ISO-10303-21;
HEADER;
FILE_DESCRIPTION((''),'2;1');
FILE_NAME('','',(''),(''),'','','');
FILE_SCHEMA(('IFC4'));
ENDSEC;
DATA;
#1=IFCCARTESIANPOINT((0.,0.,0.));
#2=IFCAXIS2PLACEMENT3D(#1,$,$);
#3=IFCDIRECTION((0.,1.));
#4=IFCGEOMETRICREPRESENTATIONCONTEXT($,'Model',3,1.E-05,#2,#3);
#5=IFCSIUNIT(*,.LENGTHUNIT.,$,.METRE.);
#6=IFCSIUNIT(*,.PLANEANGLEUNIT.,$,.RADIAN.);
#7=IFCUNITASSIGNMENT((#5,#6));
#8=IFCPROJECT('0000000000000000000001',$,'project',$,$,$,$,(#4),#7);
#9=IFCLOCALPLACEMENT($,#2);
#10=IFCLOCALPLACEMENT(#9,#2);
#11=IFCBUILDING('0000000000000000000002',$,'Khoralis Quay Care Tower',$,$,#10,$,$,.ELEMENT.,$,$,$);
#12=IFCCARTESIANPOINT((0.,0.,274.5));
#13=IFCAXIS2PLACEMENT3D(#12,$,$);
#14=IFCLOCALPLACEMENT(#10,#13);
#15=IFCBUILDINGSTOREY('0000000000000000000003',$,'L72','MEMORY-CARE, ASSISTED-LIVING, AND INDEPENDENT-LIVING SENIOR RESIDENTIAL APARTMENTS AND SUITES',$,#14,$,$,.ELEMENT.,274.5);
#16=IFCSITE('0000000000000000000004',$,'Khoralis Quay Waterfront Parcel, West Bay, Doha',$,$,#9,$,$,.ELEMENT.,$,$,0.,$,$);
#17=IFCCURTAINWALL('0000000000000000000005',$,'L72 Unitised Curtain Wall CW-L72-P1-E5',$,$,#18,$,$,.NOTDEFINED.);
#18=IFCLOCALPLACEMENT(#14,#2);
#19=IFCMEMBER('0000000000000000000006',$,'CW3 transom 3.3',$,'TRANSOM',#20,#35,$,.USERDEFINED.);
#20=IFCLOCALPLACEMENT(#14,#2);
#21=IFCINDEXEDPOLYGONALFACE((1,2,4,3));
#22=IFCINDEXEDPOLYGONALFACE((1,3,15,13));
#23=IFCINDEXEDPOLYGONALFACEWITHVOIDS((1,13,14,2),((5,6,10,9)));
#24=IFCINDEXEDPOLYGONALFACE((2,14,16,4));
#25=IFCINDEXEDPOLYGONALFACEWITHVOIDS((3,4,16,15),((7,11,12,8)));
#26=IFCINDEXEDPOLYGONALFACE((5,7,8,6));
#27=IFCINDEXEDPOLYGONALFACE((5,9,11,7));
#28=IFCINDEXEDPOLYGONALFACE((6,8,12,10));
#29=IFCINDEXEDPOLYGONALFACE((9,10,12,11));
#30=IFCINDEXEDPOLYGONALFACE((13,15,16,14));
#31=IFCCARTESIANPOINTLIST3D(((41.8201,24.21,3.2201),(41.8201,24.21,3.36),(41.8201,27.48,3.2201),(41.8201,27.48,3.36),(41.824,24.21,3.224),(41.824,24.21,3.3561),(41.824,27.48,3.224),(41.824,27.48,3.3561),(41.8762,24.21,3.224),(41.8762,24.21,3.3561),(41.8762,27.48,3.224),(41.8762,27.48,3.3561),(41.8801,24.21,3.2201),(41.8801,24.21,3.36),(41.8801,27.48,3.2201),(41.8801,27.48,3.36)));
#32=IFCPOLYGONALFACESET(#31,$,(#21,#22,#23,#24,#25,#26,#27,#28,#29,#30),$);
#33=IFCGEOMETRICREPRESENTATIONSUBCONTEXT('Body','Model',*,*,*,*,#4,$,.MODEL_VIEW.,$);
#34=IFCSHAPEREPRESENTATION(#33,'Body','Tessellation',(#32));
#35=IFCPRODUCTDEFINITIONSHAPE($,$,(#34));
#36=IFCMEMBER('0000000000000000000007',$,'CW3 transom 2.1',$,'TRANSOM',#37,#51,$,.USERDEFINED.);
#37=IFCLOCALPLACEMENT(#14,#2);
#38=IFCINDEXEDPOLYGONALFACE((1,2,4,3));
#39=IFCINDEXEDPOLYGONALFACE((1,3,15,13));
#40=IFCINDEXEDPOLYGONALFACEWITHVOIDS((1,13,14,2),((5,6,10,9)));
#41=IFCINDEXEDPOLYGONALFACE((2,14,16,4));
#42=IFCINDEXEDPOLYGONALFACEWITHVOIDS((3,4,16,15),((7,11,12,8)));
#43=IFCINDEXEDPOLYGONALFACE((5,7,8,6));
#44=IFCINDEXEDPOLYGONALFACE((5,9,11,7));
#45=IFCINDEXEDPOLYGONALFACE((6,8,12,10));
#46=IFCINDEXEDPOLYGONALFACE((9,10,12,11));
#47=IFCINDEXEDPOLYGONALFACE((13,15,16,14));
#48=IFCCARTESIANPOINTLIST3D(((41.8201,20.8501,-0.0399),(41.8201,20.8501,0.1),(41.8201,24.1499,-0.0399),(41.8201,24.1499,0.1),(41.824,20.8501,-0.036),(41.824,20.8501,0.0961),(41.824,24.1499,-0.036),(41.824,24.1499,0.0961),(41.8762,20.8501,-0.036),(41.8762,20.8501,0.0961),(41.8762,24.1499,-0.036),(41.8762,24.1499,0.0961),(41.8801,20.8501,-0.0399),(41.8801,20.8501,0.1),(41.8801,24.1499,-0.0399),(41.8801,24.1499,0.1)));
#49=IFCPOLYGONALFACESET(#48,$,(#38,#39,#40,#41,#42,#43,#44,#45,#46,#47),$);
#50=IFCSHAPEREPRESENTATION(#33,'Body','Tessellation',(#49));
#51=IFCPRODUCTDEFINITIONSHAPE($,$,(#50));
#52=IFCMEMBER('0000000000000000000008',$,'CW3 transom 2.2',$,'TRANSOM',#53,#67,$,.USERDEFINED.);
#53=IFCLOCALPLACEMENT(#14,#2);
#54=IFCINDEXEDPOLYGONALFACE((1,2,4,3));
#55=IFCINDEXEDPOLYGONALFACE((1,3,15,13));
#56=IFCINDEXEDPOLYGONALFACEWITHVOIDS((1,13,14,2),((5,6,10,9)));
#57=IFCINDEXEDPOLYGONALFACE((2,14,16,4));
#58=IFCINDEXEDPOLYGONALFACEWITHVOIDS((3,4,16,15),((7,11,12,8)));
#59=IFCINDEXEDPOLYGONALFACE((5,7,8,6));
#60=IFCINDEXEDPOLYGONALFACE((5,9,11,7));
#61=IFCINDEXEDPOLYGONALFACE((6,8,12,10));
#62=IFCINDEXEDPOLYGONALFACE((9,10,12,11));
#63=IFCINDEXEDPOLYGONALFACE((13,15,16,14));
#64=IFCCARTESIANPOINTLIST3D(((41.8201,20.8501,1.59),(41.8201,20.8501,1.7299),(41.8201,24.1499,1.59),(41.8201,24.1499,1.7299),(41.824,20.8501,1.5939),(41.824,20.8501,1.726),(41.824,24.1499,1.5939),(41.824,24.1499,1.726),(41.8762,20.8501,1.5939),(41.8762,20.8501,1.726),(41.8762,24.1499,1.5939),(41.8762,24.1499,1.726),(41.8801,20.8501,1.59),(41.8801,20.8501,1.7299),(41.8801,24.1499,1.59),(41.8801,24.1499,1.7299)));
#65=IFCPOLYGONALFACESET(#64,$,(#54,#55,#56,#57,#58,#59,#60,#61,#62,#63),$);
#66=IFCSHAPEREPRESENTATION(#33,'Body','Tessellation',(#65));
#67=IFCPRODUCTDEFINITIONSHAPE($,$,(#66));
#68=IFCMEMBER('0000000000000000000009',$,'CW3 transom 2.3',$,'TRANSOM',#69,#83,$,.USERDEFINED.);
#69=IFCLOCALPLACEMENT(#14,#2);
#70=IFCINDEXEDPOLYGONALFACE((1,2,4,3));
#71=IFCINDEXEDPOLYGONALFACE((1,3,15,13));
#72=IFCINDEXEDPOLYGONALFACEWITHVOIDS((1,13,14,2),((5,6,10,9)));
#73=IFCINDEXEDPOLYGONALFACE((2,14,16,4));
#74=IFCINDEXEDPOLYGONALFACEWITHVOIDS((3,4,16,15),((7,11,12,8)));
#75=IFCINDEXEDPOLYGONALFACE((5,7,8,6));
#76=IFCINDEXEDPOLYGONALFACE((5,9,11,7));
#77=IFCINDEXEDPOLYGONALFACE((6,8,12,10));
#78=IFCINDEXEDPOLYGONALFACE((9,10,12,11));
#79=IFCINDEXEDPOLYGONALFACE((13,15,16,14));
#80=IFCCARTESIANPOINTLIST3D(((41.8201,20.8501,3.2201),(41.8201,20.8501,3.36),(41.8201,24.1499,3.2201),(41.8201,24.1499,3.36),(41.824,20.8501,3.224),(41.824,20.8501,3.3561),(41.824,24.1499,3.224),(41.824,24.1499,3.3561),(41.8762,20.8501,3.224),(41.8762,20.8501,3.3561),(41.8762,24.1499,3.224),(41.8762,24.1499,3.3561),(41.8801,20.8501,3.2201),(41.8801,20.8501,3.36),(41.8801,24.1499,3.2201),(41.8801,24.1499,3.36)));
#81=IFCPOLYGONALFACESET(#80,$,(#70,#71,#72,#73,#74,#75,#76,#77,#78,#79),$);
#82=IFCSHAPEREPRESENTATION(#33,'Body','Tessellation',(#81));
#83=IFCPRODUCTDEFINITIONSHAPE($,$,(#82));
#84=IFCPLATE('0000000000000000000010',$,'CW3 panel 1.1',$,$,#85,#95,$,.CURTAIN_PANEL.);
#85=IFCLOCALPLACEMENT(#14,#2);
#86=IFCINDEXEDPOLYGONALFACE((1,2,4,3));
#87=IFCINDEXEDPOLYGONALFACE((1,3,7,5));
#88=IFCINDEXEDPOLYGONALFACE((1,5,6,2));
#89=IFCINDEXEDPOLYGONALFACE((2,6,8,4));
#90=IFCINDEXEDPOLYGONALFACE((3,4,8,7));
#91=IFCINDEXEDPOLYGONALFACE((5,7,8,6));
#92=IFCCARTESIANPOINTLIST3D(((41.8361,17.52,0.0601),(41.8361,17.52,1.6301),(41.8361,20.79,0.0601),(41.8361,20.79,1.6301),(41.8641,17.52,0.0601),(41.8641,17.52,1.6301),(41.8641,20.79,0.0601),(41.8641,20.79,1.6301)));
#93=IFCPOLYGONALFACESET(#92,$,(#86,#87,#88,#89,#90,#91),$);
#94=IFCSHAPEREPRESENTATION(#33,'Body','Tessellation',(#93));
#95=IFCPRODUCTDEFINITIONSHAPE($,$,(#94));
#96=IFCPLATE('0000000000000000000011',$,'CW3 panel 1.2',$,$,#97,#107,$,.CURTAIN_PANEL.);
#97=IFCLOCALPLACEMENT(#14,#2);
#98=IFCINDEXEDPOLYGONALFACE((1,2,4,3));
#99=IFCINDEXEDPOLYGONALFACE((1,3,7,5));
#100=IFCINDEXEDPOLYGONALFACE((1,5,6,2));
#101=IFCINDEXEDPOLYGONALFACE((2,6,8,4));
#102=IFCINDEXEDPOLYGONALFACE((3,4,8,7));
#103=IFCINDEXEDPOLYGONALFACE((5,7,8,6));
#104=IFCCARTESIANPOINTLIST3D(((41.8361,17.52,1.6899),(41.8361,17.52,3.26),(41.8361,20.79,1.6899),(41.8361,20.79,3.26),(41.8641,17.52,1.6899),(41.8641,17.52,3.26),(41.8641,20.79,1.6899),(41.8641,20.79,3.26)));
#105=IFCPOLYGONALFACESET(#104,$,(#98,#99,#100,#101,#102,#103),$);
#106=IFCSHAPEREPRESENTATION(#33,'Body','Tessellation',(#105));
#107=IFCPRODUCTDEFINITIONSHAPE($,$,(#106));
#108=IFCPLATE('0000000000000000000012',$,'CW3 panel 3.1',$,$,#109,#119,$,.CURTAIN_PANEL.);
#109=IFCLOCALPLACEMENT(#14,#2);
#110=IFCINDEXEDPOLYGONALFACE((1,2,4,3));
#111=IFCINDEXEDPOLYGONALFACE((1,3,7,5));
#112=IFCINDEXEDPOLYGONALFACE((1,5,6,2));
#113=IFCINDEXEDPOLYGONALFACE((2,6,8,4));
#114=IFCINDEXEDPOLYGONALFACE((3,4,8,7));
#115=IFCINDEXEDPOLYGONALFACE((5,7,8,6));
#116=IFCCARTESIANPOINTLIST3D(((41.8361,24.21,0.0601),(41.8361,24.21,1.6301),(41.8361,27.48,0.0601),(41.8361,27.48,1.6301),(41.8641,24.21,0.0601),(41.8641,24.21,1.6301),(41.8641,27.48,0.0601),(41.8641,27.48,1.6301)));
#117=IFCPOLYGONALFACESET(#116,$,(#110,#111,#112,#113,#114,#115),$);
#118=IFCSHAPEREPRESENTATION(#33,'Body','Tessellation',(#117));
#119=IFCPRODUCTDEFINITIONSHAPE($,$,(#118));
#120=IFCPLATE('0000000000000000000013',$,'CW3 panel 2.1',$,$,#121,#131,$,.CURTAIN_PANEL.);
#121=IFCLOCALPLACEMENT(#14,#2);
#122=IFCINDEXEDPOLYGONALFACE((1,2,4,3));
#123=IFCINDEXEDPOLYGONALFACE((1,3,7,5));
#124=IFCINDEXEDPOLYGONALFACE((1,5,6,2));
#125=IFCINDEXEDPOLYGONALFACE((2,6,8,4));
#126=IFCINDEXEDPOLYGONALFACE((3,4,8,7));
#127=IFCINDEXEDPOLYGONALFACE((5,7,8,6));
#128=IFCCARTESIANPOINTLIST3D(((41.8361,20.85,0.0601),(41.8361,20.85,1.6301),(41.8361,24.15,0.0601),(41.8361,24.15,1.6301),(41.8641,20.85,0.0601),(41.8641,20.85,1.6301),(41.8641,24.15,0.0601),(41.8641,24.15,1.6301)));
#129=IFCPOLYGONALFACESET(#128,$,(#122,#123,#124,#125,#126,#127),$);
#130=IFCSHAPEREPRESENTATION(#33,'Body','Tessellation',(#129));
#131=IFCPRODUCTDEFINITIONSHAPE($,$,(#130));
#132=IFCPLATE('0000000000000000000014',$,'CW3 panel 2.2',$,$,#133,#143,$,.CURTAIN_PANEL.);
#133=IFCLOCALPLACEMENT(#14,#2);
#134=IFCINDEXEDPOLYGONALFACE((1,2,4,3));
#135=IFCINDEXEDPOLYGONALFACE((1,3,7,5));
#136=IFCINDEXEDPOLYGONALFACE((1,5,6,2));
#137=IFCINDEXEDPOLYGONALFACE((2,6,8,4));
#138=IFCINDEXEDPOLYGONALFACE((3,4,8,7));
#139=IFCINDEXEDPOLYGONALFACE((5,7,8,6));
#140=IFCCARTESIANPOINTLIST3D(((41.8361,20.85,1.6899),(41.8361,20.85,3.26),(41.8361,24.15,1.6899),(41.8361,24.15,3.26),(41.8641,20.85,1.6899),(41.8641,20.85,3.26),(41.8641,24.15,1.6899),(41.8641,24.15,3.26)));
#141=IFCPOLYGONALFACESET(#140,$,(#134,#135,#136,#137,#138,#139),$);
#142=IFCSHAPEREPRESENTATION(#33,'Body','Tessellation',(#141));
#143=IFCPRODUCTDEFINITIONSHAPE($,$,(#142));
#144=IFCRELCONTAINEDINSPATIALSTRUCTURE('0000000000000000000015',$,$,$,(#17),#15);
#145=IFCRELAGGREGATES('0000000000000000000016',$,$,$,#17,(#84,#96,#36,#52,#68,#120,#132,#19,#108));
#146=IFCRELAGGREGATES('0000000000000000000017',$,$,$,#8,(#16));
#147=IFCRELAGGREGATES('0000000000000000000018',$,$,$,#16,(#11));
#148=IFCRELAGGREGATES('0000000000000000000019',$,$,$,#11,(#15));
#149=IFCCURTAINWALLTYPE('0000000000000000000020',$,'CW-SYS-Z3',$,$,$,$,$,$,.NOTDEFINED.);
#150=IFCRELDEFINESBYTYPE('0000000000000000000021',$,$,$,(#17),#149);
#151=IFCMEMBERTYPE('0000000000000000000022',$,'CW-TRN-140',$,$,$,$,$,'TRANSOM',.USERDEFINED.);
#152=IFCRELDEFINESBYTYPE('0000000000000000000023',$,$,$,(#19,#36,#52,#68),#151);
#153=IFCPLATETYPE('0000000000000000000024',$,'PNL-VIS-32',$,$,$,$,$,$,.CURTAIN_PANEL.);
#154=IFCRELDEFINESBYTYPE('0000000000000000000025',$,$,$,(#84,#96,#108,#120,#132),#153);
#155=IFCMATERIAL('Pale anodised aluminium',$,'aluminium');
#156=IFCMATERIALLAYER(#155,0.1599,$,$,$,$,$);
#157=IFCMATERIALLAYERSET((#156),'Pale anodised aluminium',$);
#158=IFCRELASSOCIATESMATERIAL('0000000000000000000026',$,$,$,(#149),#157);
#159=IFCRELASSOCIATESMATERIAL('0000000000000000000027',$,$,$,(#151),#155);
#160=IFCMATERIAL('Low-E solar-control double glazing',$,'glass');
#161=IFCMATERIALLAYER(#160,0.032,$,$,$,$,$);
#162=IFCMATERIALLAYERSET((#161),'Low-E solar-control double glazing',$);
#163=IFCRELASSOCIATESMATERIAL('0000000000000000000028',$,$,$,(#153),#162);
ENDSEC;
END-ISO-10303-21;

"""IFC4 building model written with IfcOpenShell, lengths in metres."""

from ifc_helpers import new_model, si_unit, direction, frame, origin, origin_2d, place, context, subcontext, project, spatial, rectangle, hollow_rectangle, extrude, source, transform, mapped, material, layer, layer_set, material_profile, profile_set, type_object, element, aggregate, save


model = new_model("IFC4")

# Units and contexts
model_context = context("Model", 3, precision=1e-05, world=origin(), true_north=direction((0.0, 1.0)))
body_context = subcontext(model_context, "Body", "Model", "MODEL_VIEW")
ifc_project = project(units=[si_unit("LENGTHUNIT", "METRE"), si_unit("PLANEANGLEUNIT", "RADIAN")], contexts=[model_context])

# Site, building, storey
site_placement = place(None, origin())
site = spatial("IfcSite", under=ifc_project, at=site_placement, Name="Khoralis Quay Waterfront Parcel, West Bay, Doha", CompositionType="ELEMENT", RefElevation=0.0)
building_placement = place(site_placement, origin())
building = spatial("IfcBuilding", under=site, at=building_placement, Name="Khoralis Quay Care Tower", CompositionType="ELEMENT")
storey_placement = place(building_placement, frame((0.0, 0.0, 274.5)))
storey = spatial("IfcBuildingStorey", under=building, at=storey_placement, Name="L72", Description="MEMORY-CARE, ASSISTED-LIVING, AND INDEPENDENT-LIVING SENIOR RESIDENTIAL APARTMENTS AND SUITES", CompositionType="ELEMENT", Elevation=274.5)

# Curtain wall, members, plates
ifc_material_1 = material(Name="Pale anodised aluminium", Category="aluminium")
ifc_layer_1 = layer(ifc_material_1, 0.1599)
ifc_layer_set_1 = layer_set([ifc_layer_1], Name="Pale anodised aluminium")
curtain_wall_type = type_object("IfcCurtainWallType", Name="CW-SYS-Z3", PredefinedType="NOTDEFINED", material=ifc_layer_set_1)
curtain_wall_placement = place(storey_placement, origin())
curtain_wall = element("IfcCurtainWall", 1, at=curtain_wall_placement, inside=storey, type_object=curtain_wall_type, Name="L72 Unitised Curtain Wall CW-L72-P1-E5", PredefinedType="NOTDEFINED")
ifc_material_profile_1 = material_profile(ifc_material_1, hollow_rectangle(XDim=0.0601, YDim=0.1399, WallThickness=0.0039, at=origin_2d()), Name="Pale anodised aluminium")
ifc_profile_set_1 = profile_set([ifc_material_profile_1], Name="Pale anodised aluminium")
member_type_1 = type_object("IfcMemberType", Name="CW-TRN-140", ElementType="TRANSOM", PredefinedType="USERDEFINED", material=ifc_profile_set_1)
shared_shape_1 = source(origin(), body_context, "Body", "SweptSolid", [
    extrude(hollow_rectangle(XDim=0.0601, YDim=0.1399, WallThickness=0.0039, at=origin_2d()), origin(), (0.0, 0.0, 1.0), 3.27),
])
member_1_placement = place(storey_placement, frame((41.8501, 24.21, 3.29), z_axis=(0.0, 1.0, 0.0), x_axis=(-1.0, 0.0, 0.0)))
member_1 = element("IfcMember", 2, at=member_1_placement, type_object=member_type_1, Name="CW3 transom 3.3", ObjectType="TRANSOM", PredefinedType="USERDEFINED", context=body_context, shape_type="MappedRepresentation", body=[
    mapped(shared_shape_1, transform((0.0, 0.0, 0.0), scale=1.0)),
])
shared_shape_2 = source(origin(), body_context, "Body", "SweptSolid", [
    extrude(hollow_rectangle(XDim=0.0601, YDim=0.1399, WallThickness=0.0039, at=origin_2d()), origin(), (0.0, 0.0, 1.0), 3.2998),
])
member_2_placement = place(storey_placement, frame((41.8501, 20.8501, 0.03), z_axis=(0.0, 1.0, 0.0), x_axis=(-1.0, 0.0, 0.0)))
member_2 = element("IfcMember", 3, at=member_2_placement, type_object=member_type_1, Name="CW3 transom 2.1", ObjectType="TRANSOM", PredefinedType="USERDEFINED", context=body_context, shape_type="MappedRepresentation", body=[
    mapped(shared_shape_2, transform((0.0, 0.0, 0.0), scale=1.0)),
])
member_3_placement = place(storey_placement, frame((41.8501, 20.8501, 1.6599), z_axis=(0.0, 1.0, 0.0), x_axis=(-1.0, 0.0, 0.0)))
member_3 = element("IfcMember", 4, at=member_3_placement, type_object=member_type_1, Name="CW3 transom 2.2", ObjectType="TRANSOM", PredefinedType="USERDEFINED", context=body_context, shape_type="MappedRepresentation", body=[
    mapped(shared_shape_2, transform((0.0, 0.0, 0.0), scale=1.0)),
])
member_4_placement = place(storey_placement, frame((41.8501, 20.8501, 3.29), z_axis=(0.0, 1.0, 0.0), x_axis=(-1.0, 0.0, 0.0)))
member_4 = element("IfcMember", 5, at=member_4_placement, type_object=member_type_1, Name="CW3 transom 2.3", ObjectType="TRANSOM", PredefinedType="USERDEFINED", context=body_context, shape_type="MappedRepresentation", body=[
    mapped(shared_shape_2, transform((0.0, 0.0, 0.0), scale=1.0)),
])
ifc_material_2 = material(Name="Low-E solar-control double glazing", Category="glass")
ifc_layer_2 = layer(ifc_material_2, 0.032)
ifc_layer_set_2 = layer_set([ifc_layer_2], Name="Low-E solar-control double glazing")
plate_type = type_object("IfcPlateType", Name="PNL-VIS-32", PredefinedType="CURTAIN_PANEL", material=ifc_layer_set_2)
shared_shape_3 = source(origin(), body_context, "Body", "SweptSolid", [
    extrude(rectangle(XDim=3.27, YDim=0.0281, at=origin_2d()), origin(), (0.0, 0.0, 1.0), 1.5701),
])
plate_1_placement = place(storey_placement, frame((41.8501, 19.155, 0.0601), z_axis=(0.0, 0.0, 1.0), x_axis=(0.0, 1.0, 0.0)))
plate_1 = element("IfcPlate", 6, at=plate_1_placement, type_object=plate_type, Name="CW3 panel 1.1", PredefinedType="CURTAIN_PANEL", context=body_context, shape_type="MappedRepresentation", body=[
    mapped(shared_shape_3, transform((0.0, 0.0, 0.0), scale=1.0)),
])
plate_2_placement = place(storey_placement, frame((41.8501, 19.155, 1.6899), z_axis=(0.0, 0.0, 1.0), x_axis=(0.0, 1.0, 0.0)))
plate_2 = element("IfcPlate", 7, at=plate_2_placement, type_object=plate_type, Name="CW3 panel 1.2", PredefinedType="CURTAIN_PANEL", context=body_context, shape_type="MappedRepresentation", body=[
    mapped(shared_shape_3, transform((0.0, 0.0, 0.0), scale=1.0)),
])
plate_3_placement = place(storey_placement, frame((41.8501, 25.845, 0.0601), z_axis=(0.0, 0.0, 1.0), x_axis=(0.0, 1.0, 0.0)))
plate_3 = element("IfcPlate", 8, at=plate_3_placement, type_object=plate_type, Name="CW3 panel 3.1", PredefinedType="CURTAIN_PANEL", context=body_context, shape_type="MappedRepresentation", body=[
    mapped(shared_shape_3, transform((0.0, 0.0, 0.0), scale=1.0)),
])
shared_shape_4 = source(origin(), body_context, "Body", "SweptSolid", [
    extrude(rectangle(XDim=3.3, YDim=0.0281, at=origin_2d()), origin(), (0.0, 0.0, 1.0), 1.5701),
])
plate_4_placement = place(storey_placement, frame((41.8501, 22.5, 0.0601), z_axis=(0.0, 0.0, 1.0), x_axis=(0.0, 1.0, 0.0)))
plate_4 = element("IfcPlate", 9, at=plate_4_placement, type_object=plate_type, Name="CW3 panel 2.1", PredefinedType="CURTAIN_PANEL", context=body_context, shape_type="MappedRepresentation", body=[
    mapped(shared_shape_4, transform((0.0, 0.0, 0.0), scale=1.0)),
])
plate_5_placement = place(storey_placement, frame((41.8501, 22.5, 1.6899), z_axis=(0.0, 0.0, 1.0), x_axis=(0.0, 1.0, 0.0)))
plate_5 = element("IfcPlate", 10, at=plate_5_placement, type_object=plate_type, Name="CW3 panel 2.2", PredefinedType="CURTAIN_PANEL", context=body_context, shape_type="MappedRepresentation", body=[
    mapped(shared_shape_4, transform((0.0, 0.0, 0.0), scale=1.0)),
])
aggregate(curtain_wall, [plate_1, plate_2, member_2, member_3, member_4, plate_4, plate_5, member_1, plate_3])

save(model, "model.ifc")
